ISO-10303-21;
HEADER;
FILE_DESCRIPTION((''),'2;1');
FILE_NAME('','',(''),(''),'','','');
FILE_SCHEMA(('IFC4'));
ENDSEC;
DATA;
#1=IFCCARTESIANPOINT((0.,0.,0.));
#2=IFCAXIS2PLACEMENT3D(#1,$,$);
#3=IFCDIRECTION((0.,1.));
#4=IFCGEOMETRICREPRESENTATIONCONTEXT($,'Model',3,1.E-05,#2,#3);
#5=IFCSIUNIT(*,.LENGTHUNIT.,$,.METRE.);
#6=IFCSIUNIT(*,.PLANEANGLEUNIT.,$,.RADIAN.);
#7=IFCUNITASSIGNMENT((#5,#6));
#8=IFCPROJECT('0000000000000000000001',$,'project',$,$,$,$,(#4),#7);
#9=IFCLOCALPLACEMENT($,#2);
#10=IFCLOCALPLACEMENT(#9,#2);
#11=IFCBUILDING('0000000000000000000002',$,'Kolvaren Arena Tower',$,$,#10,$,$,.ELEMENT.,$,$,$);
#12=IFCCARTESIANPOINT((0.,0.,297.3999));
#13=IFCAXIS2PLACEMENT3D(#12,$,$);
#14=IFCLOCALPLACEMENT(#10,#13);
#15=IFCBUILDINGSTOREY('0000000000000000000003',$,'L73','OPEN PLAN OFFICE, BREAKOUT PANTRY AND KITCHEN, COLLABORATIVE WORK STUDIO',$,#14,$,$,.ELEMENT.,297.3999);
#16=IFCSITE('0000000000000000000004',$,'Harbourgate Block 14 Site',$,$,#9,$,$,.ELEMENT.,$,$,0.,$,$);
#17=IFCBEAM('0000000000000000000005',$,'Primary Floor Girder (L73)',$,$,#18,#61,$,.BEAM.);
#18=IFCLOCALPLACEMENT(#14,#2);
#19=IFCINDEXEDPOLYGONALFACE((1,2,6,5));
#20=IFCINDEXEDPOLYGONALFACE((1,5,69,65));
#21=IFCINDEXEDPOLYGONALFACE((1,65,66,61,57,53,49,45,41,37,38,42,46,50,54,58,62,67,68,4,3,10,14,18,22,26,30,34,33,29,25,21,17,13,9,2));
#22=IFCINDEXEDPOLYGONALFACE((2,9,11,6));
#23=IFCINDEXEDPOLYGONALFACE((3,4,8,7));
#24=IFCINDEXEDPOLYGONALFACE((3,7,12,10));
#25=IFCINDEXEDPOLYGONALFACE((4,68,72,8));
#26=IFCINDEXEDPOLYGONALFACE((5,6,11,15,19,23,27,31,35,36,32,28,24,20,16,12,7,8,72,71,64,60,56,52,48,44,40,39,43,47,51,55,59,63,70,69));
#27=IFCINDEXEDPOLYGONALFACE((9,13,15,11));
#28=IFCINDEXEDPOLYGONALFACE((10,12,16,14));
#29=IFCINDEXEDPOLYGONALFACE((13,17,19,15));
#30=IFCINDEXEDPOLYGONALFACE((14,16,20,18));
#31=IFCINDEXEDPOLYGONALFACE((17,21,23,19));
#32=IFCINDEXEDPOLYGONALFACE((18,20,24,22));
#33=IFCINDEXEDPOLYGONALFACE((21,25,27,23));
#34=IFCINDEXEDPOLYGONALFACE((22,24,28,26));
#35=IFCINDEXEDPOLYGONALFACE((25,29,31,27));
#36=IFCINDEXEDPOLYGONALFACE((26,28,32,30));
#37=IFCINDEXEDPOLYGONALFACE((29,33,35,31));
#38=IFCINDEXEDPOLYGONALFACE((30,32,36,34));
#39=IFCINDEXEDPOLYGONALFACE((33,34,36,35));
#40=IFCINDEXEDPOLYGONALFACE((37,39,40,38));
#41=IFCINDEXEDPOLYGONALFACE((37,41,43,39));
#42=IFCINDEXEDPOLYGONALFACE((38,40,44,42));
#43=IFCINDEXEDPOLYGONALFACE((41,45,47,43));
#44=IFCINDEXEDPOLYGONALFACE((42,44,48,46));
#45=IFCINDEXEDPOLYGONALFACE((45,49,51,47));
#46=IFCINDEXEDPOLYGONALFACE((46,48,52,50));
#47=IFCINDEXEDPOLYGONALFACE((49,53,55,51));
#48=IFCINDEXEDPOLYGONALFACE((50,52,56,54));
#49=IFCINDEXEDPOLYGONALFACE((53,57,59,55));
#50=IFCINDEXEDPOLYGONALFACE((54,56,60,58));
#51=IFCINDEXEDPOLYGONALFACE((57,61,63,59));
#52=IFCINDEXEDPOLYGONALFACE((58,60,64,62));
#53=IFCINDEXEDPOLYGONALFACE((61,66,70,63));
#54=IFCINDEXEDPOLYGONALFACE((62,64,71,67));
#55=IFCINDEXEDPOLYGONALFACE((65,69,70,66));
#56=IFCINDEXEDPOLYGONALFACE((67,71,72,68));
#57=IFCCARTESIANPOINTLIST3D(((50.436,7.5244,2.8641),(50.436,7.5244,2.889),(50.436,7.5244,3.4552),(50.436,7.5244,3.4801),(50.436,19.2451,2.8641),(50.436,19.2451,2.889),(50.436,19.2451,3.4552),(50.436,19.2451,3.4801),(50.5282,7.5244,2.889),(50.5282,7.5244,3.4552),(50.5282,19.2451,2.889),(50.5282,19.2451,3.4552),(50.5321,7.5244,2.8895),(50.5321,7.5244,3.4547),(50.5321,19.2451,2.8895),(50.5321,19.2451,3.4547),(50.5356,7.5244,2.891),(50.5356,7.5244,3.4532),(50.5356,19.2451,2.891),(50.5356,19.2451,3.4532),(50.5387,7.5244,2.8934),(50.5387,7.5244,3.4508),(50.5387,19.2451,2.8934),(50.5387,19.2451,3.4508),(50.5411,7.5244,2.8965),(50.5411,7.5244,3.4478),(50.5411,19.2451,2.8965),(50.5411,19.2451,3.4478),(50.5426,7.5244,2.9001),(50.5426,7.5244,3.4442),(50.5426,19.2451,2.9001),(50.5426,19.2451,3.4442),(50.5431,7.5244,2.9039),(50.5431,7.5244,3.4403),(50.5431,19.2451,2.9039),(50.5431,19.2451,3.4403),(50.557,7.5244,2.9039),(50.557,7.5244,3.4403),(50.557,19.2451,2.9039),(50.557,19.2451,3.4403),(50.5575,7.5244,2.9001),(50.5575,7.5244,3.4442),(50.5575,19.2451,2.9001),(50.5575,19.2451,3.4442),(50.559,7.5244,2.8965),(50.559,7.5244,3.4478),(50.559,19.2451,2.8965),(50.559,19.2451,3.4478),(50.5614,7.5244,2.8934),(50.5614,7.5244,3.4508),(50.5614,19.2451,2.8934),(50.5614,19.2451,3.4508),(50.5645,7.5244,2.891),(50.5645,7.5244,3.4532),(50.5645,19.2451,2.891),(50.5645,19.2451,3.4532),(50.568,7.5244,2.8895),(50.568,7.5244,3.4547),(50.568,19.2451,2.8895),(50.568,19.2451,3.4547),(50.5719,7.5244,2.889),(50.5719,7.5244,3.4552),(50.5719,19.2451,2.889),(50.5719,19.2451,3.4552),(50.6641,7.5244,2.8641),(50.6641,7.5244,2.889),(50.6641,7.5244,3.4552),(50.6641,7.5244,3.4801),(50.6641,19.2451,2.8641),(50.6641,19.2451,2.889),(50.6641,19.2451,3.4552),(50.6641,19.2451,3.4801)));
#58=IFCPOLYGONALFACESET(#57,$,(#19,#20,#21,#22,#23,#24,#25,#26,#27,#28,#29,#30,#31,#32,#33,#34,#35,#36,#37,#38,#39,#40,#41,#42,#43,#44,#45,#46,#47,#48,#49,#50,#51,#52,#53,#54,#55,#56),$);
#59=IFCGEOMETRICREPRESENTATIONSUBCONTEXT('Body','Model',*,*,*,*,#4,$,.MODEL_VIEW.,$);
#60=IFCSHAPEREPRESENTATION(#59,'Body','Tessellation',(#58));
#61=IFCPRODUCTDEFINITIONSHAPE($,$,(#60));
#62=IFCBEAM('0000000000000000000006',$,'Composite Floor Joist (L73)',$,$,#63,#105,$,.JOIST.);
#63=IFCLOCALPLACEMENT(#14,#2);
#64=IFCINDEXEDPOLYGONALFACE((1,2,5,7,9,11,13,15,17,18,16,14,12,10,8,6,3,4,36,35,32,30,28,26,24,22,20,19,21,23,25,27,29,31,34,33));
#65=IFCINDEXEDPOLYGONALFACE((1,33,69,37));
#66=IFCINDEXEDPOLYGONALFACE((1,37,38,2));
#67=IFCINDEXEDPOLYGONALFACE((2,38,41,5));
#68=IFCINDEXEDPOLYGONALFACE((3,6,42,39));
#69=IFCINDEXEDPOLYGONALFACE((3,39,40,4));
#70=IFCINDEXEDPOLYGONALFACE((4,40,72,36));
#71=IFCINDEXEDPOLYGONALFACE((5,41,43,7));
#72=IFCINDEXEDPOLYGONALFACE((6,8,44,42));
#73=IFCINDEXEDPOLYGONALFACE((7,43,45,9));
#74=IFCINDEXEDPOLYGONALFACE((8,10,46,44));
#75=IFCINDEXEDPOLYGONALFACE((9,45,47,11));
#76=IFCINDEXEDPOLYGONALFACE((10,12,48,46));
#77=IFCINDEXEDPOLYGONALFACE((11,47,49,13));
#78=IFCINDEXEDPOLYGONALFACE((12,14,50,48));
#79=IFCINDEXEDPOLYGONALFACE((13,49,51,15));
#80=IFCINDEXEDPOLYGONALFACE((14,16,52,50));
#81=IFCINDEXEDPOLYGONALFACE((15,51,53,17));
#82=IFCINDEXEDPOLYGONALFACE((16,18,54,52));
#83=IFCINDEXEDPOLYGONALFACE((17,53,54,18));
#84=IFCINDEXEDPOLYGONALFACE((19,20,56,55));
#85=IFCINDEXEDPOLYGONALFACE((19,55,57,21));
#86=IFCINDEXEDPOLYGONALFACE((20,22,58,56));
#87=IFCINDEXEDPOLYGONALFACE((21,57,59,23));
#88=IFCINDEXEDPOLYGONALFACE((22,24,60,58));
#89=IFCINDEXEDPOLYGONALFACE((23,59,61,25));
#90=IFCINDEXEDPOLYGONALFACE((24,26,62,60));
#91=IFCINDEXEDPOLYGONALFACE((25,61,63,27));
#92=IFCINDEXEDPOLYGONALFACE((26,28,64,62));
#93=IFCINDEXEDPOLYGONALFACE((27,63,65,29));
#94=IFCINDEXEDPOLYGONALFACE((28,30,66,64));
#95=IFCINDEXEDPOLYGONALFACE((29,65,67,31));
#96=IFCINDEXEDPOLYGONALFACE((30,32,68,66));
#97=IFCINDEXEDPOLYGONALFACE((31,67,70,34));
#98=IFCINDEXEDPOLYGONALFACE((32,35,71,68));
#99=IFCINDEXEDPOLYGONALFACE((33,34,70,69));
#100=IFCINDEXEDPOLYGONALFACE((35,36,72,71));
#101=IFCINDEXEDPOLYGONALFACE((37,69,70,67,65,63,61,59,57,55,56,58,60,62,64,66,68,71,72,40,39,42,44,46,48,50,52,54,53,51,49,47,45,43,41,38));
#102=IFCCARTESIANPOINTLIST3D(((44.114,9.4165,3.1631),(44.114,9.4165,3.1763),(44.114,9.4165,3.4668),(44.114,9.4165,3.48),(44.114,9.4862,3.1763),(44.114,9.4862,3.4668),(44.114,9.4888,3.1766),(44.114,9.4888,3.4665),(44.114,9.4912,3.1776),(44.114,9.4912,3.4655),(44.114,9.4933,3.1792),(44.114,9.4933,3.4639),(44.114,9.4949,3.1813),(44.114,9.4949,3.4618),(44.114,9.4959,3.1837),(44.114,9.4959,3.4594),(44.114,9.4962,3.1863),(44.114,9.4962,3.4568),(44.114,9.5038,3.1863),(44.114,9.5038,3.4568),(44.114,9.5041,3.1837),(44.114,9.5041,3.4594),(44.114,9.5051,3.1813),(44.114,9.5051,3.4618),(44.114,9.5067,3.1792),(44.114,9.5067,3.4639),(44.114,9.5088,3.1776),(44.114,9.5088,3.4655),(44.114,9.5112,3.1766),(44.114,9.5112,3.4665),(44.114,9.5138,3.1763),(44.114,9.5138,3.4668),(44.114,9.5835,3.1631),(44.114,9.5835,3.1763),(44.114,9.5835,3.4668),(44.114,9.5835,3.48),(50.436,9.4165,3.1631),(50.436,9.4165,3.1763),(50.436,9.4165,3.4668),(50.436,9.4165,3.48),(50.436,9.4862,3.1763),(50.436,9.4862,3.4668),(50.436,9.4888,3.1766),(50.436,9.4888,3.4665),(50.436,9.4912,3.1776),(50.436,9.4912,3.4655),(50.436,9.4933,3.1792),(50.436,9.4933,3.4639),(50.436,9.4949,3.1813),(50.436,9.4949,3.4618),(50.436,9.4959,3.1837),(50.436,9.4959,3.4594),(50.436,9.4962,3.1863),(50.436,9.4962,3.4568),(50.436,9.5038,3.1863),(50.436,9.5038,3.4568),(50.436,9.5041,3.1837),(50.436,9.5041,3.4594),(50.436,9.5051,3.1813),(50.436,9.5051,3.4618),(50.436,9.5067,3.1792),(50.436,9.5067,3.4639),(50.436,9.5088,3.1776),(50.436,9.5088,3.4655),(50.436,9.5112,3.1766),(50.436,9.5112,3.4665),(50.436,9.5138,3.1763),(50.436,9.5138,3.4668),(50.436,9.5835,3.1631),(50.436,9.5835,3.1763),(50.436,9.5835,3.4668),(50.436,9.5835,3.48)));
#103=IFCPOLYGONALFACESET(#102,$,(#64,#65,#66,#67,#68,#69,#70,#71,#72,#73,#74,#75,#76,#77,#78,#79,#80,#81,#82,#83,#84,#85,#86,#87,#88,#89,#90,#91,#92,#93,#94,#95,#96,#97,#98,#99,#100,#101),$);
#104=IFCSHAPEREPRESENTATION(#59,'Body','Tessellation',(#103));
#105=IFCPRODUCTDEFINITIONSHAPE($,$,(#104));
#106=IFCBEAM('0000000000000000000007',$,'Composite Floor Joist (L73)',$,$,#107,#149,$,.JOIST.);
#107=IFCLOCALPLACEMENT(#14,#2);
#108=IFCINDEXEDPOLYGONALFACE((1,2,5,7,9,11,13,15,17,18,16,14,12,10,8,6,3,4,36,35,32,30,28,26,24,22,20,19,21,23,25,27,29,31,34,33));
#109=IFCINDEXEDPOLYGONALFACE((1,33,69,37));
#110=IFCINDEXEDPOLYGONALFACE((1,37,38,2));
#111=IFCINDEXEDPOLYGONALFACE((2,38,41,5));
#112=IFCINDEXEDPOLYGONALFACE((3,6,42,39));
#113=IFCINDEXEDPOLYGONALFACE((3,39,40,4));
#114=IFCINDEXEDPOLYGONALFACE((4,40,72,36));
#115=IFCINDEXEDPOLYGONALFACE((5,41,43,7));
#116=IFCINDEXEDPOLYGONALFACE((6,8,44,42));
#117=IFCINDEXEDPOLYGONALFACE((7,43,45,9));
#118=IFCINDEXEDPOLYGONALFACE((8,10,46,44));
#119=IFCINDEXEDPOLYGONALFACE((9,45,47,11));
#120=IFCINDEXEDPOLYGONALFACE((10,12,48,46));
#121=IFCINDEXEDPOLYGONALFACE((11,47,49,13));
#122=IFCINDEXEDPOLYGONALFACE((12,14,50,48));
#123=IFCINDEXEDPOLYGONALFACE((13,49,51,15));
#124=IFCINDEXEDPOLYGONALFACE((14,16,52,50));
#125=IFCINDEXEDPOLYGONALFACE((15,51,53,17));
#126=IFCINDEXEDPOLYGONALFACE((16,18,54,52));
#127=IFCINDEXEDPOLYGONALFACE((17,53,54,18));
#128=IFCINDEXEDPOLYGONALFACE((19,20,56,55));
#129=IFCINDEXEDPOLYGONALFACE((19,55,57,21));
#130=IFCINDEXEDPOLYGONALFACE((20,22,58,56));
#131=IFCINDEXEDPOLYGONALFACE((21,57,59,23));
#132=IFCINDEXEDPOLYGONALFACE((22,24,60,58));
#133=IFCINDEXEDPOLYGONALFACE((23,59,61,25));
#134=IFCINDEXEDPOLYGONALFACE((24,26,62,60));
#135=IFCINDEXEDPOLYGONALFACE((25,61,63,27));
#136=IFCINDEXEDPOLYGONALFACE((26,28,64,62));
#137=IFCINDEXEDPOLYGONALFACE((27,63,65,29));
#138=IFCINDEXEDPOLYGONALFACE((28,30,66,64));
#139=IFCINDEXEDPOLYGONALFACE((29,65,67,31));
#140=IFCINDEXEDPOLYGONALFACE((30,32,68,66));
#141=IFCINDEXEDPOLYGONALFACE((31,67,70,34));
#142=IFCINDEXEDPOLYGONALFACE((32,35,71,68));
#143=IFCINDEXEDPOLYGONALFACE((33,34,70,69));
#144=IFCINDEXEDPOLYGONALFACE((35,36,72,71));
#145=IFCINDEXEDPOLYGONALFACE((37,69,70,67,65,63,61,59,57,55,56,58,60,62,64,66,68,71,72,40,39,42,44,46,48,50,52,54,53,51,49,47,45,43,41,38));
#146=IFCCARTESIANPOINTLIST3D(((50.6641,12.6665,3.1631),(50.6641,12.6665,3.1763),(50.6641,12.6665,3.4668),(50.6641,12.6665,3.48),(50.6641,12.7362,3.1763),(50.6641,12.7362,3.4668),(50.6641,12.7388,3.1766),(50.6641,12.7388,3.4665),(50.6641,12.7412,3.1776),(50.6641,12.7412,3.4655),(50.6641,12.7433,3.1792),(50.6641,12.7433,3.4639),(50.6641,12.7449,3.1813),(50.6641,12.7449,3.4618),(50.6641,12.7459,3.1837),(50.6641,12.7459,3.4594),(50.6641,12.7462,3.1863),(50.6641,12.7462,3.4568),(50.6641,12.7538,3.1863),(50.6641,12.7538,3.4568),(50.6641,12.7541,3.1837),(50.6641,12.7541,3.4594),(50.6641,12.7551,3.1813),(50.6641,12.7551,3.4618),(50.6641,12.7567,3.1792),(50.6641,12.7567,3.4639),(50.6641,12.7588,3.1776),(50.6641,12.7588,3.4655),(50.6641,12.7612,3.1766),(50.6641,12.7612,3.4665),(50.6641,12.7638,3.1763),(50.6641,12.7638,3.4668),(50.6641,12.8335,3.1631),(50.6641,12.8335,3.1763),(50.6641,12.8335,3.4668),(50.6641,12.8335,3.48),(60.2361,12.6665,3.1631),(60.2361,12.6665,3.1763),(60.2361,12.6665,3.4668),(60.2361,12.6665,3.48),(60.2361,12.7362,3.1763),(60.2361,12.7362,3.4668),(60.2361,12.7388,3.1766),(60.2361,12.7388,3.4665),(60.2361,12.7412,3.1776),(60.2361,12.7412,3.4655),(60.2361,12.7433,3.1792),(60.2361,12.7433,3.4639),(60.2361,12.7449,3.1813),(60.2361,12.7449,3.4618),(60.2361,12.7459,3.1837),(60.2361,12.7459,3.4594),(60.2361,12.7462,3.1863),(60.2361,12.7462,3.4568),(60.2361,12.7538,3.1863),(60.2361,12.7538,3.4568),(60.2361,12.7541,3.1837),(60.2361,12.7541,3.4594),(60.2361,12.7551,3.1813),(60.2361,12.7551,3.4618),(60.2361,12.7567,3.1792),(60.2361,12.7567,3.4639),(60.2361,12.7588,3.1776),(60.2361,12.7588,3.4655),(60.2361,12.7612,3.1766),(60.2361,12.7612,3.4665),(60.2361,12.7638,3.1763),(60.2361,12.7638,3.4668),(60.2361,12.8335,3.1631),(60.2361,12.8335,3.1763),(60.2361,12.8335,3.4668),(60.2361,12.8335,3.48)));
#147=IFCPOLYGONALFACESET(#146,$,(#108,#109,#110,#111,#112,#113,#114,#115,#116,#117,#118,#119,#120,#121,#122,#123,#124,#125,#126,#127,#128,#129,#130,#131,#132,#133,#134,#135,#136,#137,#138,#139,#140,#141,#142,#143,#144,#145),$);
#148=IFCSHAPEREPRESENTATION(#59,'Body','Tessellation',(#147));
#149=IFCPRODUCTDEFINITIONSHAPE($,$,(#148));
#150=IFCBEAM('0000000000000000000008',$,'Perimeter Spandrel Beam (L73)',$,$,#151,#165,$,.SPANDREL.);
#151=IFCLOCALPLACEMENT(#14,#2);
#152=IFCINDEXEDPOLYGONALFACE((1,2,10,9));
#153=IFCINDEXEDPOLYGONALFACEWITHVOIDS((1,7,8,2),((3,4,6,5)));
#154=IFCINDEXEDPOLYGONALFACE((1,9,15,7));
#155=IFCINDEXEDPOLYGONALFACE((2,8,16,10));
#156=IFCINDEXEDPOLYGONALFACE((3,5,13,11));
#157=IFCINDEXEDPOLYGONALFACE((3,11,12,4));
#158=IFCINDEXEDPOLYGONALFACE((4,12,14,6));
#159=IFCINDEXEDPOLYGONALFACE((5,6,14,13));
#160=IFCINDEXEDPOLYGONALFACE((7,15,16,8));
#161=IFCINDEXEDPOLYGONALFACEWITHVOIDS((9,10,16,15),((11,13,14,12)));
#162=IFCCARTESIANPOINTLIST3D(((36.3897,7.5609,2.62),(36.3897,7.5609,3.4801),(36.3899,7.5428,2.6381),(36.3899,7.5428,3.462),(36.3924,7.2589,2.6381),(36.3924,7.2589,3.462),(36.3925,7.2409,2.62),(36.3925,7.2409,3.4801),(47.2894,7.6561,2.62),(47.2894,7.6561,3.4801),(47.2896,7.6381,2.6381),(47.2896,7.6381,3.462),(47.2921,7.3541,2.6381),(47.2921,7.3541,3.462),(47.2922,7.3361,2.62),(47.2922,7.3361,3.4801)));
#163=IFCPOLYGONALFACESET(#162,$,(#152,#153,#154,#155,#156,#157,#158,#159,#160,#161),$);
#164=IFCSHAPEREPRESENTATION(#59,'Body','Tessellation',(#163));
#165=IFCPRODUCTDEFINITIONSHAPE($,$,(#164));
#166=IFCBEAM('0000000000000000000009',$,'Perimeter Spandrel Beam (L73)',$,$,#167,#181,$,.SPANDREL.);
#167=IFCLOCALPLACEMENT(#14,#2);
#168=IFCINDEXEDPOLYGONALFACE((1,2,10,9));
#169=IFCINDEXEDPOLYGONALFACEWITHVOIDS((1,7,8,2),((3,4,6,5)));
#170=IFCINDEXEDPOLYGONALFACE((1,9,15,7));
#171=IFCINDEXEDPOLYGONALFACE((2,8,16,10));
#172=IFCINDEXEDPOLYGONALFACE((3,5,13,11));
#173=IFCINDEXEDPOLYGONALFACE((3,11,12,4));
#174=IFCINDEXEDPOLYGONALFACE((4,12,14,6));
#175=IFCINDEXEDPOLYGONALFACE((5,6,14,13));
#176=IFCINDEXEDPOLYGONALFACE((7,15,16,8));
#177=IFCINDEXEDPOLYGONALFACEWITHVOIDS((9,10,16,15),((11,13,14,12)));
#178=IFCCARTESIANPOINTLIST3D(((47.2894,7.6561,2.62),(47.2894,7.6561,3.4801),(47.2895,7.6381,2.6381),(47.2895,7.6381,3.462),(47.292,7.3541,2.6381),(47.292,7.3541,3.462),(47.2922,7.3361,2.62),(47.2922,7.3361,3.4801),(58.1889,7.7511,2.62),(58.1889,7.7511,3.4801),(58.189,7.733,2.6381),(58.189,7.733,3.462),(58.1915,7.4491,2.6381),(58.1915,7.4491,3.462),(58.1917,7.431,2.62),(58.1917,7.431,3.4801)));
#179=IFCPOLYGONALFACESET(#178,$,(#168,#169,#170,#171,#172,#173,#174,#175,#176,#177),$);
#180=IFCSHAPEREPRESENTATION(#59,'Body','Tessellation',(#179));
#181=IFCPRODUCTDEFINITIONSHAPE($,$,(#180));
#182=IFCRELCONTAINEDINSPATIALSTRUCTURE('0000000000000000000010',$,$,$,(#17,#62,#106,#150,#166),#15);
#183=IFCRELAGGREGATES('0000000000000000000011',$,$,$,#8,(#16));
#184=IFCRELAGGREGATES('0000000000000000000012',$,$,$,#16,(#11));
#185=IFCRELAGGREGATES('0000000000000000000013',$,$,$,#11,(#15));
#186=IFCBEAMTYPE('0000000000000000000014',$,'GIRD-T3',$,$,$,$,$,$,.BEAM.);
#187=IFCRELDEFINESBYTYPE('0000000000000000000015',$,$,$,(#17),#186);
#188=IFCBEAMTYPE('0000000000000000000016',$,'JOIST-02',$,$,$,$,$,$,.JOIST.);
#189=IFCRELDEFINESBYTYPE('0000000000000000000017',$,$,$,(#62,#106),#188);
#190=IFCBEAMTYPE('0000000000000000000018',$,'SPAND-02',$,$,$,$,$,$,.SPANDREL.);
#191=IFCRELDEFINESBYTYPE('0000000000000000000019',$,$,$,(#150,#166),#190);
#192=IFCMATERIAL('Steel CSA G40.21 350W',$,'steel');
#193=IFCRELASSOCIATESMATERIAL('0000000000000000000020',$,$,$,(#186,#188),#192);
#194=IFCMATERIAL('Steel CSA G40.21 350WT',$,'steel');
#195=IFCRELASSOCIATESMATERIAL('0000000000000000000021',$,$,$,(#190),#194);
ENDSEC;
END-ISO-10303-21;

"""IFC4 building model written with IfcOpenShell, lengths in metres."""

from ifc_helpers import new_model, si_unit, direction, frame, origin, origin_2d, place, context, subcontext, project, spatial, hollow_rectangle, i_section, extrude, material, material_profile, profile_set, type_object, element, save


model = new_model("IFC4")

# Units and contexts
model_context = context("Model", 3, precision=1e-05, world=origin(), true_north=direction((0.0, 1.0)))
body_context = subcontext(model_context, "Body", "Model", "MODEL_VIEW")
ifc_project = project(units=[si_unit("LENGTHUNIT", "METRE"), si_unit("PLANEANGLEUNIT", "RADIAN")], contexts=[model_context])

# Site, building, storey
site_placement = place(None, origin())
site = spatial("IfcSite", under=ifc_project, at=site_placement, Name="Harbourgate Block 14 Site", CompositionType="ELEMENT", RefElevation=0.0)
building_placement = place(site_placement, origin())
building = spatial("IfcBuilding", under=site, at=building_placement, Name="Kolvaren Arena Tower", CompositionType="ELEMENT")
storey_placement = place(building_placement, frame((0.0, 0.0, 297.3999)))
storey = spatial("IfcBuildingStorey", under=building, at=storey_placement, Name="L73", Description="OPEN PLAN OFFICE, BREAKOUT PANTRY AND KITCHEN, COLLABORATIVE WORK STUDIO", CompositionType="ELEMENT", Elevation=297.3999)

# Beams
ifc_material_1 = material(Name="Steel CSA G40.21 350W", Category="steel")
ifc_material_profile_1 = material_profile(ifc_material_1, i_section(OverallWidth=0.228, OverallDepth=0.616, WebThickness=0.0139, FlangeThickness=0.0249, FilletRadius=0.0149, at=origin_2d()), Name="W610x174")
ifc_profile_set_1 = profile_set([ifc_material_profile_1], Name="Steel CSA G40.21 350W")
beam_type_1 = type_object("IfcBeamType", Name="GIRD-T3", PredefinedType="BEAM", material=ifc_profile_set_1)
beam_1_placement = place(storey_placement, frame((50.55, 7.5244, 3.1721), z_axis=(0.0, 1.0, 0.0), x_axis=(-1.0, 0.0, 0.0)))
element("IfcBeam", 1, at=beam_1_placement, inside=storey, type_object=beam_type_1, Name="Primary Floor Girder (L73)", PredefinedType="BEAM", context=body_context, shape_type="SweptSolid", body=[
    extrude(i_section(OverallWidth=0.228, OverallDepth=0.616, WebThickness=0.0139, FlangeThickness=0.0249, FilletRadius=0.0149, at=origin_2d()), origin(), (0.0, 0.0, 1.0), 11.7207),
])
ifc_material_profile_2 = material_profile(ifc_material_1, i_section(OverallWidth=0.167, OverallDepth=0.3169, WebThickness=0.0076, FlangeThickness=0.0132, FilletRadius=0.01, at=origin_2d()), Name="W310x52")
ifc_profile_set_2 = profile_set([ifc_material_profile_2], Name="Steel CSA G40.21 350W")
beam_type_2 = type_object("IfcBeamType", Name="JOIST-02", PredefinedType="JOIST", material=ifc_profile_set_2)
beam_2_placement = place(storey_placement, frame((44.114, 9.5, 3.3215), z_axis=(1.0, 0.0, 0.0), x_axis=(0.0, 1.0, 0.0)))
element("IfcBeam", 2, at=beam_2_placement, inside=storey, type_object=beam_type_2, Name="Composite Floor Joist (L73)", PredefinedType="JOIST", context=body_context, shape_type="SweptSolid", body=[
    extrude(i_section(OverallWidth=0.167, OverallDepth=0.3169, WebThickness=0.0076, FlangeThickness=0.0132, FilletRadius=0.01, at=origin_2d()), origin(), (0.0, 0.0, 1.0), 6.322),
])
beam_3_placement = place(storey_placement, frame((50.6641, 12.75, 3.3215), z_axis=(1.0, 0.0, 0.0), x_axis=(0.0, 1.0, 0.0)))
element("IfcBeam", 3, at=beam_3_placement, inside=storey, type_object=beam_type_2, Name="Composite Floor Joist (L73)", PredefinedType="JOIST", context=body_context, shape_type="SweptSolid", body=[
    extrude(i_section(OverallWidth=0.167, OverallDepth=0.3169, WebThickness=0.0076, FlangeThickness=0.0132, FilletRadius=0.01, at=origin_2d()), origin(), (0.0, 0.0, 1.0), 9.572),
])
ifc_material_2 = material(Name="Steel CSA G40.21 350WT", Category="steel")
ifc_material_profile_3 = material_profile(ifc_material_2, hollow_rectangle(XDim=0.3201, YDim=0.8601, WallThickness=0.0181, at=origin_2d()), Name="HSS 860x320x18")
ifc_profile_set_3 = profile_set([ifc_material_profile_3], Name="Steel CSA G40.21 350WT")
beam_type_3 = type_object("IfcBeamType", Name="SPAND-02", PredefinedType="SPANDREL", material=ifc_profile_set_3)
beam_4_placement = place(storey_placement, frame((36.3911, 7.4009, 3.05), z_axis=(0.999962, 0.008735, 0.0), x_axis=(-0.008735, 0.999962, 0.0)))
element("IfcBeam", 4, at=beam_4_placement, inside=storey, type_object=beam_type_3, Name="Perimeter Spandrel Beam (L73)", PredefinedType="SPANDREL", context=body_context, shape_type="SweptSolid", body=[
    extrude(hollow_rectangle(XDim=0.3201, YDim=0.8601, WallThickness=0.0181, at=origin_2d()), origin(), (0.0, 0.0, 1.0), 10.9001),
])
beam_5_placement = place(storey_placement, frame((47.2908, 7.4961, 3.05), z_axis=(0.999962, 0.008713, 0.0), x_axis=(-0.008713, 0.999962, 0.0)))
element("IfcBeam", 5, at=beam_5_placement, inside=storey, type_object=beam_type_3, Name="Perimeter Spandrel Beam (L73)", PredefinedType="SPANDREL", context=body_context, shape_type="SweptSolid", body=[
    extrude(hollow_rectangle(XDim=0.3201, YDim=0.8601, WallThickness=0.0181, at=origin_2d()), origin(), (0.0, 0.0, 1.0), 10.8999),
])

save(model, "model.ifc")
